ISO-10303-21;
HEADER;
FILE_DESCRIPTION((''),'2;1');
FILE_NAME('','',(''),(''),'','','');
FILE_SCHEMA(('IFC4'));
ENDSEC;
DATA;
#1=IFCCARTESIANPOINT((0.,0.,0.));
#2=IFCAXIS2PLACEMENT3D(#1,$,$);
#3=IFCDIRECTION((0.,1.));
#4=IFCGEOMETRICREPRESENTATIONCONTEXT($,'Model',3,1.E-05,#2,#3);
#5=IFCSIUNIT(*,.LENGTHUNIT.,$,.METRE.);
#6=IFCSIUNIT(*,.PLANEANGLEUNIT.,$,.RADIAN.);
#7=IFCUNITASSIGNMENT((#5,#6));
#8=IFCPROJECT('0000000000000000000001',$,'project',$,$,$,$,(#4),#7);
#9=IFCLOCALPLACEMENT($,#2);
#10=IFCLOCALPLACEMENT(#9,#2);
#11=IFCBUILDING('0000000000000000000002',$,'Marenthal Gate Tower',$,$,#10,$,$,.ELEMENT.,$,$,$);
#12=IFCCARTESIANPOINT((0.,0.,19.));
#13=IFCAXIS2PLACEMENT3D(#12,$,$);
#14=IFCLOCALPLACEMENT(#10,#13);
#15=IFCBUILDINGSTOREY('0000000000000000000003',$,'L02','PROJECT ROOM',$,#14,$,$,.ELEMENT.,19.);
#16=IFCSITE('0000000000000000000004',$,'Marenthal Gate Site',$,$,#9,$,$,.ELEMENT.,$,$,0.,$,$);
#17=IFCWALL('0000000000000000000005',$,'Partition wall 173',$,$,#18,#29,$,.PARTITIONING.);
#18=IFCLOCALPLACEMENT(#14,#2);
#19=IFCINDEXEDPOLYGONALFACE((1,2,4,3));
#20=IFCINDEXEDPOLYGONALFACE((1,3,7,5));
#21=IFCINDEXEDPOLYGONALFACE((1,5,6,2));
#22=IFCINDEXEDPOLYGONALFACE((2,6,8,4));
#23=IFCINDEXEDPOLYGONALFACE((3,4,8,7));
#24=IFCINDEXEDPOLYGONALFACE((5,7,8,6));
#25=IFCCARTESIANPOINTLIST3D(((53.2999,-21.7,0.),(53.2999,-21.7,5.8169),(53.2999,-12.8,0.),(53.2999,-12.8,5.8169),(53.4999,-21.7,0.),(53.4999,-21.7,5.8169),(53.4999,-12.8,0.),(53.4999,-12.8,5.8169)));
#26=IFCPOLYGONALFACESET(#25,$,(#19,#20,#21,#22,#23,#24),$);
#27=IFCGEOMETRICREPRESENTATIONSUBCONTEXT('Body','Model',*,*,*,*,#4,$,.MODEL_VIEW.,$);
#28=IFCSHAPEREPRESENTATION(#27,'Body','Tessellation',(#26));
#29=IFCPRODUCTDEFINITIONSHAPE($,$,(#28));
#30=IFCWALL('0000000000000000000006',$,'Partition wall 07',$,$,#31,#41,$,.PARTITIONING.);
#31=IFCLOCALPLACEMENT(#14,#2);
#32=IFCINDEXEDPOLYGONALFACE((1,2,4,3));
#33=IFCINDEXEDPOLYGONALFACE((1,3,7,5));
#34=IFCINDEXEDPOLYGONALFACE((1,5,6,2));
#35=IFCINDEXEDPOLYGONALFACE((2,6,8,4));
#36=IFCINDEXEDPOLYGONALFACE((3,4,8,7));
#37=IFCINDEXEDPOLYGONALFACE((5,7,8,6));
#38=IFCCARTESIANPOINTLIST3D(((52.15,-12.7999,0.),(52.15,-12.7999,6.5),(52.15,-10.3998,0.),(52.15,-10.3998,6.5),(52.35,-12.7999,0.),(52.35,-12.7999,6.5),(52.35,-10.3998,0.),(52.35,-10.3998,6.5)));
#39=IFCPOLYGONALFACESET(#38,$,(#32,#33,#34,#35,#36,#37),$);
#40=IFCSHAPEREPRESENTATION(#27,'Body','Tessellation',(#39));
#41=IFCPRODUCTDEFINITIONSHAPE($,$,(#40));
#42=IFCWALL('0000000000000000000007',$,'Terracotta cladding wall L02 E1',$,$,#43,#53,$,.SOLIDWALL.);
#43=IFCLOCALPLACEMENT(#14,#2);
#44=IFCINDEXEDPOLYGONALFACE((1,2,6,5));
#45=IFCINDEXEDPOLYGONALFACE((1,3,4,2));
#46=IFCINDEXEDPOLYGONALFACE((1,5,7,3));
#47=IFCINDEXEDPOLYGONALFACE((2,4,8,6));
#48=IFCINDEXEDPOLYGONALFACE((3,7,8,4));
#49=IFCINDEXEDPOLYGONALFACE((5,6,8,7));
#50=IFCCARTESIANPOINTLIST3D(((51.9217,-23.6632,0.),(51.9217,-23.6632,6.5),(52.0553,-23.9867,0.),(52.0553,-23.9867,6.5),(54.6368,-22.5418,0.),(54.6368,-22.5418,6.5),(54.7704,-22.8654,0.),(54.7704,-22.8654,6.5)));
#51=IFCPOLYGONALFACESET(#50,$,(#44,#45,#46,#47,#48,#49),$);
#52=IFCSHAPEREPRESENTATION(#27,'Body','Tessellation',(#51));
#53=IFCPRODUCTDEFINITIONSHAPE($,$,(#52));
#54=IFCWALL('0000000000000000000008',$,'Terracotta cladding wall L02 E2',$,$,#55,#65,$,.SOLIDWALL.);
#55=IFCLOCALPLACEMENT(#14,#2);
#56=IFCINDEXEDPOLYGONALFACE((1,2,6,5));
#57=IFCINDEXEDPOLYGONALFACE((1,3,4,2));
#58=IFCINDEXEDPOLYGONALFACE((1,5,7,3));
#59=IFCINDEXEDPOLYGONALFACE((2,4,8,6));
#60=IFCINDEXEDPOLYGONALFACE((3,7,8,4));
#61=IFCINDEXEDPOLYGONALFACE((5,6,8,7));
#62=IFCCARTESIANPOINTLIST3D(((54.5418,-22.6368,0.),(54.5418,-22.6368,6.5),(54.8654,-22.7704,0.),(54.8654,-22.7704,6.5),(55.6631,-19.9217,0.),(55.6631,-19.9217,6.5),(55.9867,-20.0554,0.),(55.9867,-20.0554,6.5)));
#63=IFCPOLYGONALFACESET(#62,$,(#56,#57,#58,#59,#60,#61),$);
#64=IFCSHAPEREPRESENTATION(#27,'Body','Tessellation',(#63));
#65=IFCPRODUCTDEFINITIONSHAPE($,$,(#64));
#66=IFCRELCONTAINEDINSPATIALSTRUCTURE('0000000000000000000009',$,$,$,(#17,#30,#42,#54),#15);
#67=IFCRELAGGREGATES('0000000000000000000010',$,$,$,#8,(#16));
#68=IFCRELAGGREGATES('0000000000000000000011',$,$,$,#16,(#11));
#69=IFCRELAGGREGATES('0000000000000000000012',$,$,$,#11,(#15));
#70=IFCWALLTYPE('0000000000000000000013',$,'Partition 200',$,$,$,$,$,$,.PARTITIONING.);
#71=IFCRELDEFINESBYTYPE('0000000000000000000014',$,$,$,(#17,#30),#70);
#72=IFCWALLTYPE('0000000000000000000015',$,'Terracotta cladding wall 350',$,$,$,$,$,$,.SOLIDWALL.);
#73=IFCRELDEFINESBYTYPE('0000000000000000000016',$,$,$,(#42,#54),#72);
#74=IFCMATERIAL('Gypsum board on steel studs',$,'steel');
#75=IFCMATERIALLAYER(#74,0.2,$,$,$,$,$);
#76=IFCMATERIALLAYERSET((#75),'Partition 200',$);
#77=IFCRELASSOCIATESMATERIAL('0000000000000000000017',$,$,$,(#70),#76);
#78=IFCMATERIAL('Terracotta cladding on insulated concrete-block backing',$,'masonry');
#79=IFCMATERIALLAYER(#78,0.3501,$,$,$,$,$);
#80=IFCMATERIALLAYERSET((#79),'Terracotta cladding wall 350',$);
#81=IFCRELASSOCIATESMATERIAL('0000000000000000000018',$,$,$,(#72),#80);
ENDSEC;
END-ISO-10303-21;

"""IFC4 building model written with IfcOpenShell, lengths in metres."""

from ifc_helpers import new_model, si_unit, direction, frame, frame_2d, origin, place, context, subcontext, project, spatial, rectangle, extrude, material, layer, layer_set, type_object, element, save


model = new_model("IFC4")

# Units and contexts
model_context = context("Model", 3, precision=1e-05, world=origin(), true_north=direction((0.0, 1.0)))
body_context = subcontext(model_context, "Body", "Model", "MODEL_VIEW")
ifc_project = project(units=[si_unit("LENGTHUNIT", "METRE"), si_unit("PLANEANGLEUNIT", "RADIAN")], contexts=[model_context])

# Site, building, storey
site_placement = place(None, origin())
site = spatial("IfcSite", under=ifc_project, at=site_placement, Name="Marenthal Gate Site", CompositionType="ELEMENT", RefElevation=0.0)
building_placement = place(site_placement, origin())
building = spatial("IfcBuilding", under=site, at=building_placement, Name="Marenthal Gate Tower", CompositionType="ELEMENT")
storey_placement = place(building_placement, frame((0.0, 0.0, 19.0)))
storey = spatial("IfcBuildingStorey", under=building, at=storey_placement, Name="L02", Description="PROJECT ROOM", CompositionType="ELEMENT", Elevation=19.0)

# Walls
ifc_material_1 = material(Name="Gypsum board on steel studs", Category="steel")
ifc_layer_1 = layer(ifc_material_1, 0.2)
ifc_layer_set_1 = layer_set([ifc_layer_1], Name="Partition 200")
wall_type_1 = type_object("IfcWallType", Name="Partition 200", PredefinedType="PARTITIONING", material=ifc_layer_set_1)
wall_1_placement = place(storey_placement, frame((53.3999, -21.7, 0.0), z_axis=(0.0, 0.0, 1.0), x_axis=(0.0, 1.0, 0.0)))
element("IfcWall", 1, at=wall_1_placement, inside=storey, type_object=wall_type_1, Name="Partition wall 173", PredefinedType="PARTITIONING", context=body_context, shape_type="SweptSolid", body=[
    extrude(rectangle(XDim=8.8999, YDim=0.2, at=frame_2d((4.45, 0.0))), origin(), (0.0, 0.0, 1.0), 5.8169),
])
wall_2_placement = place(storey_placement, frame((52.25, -12.8, 0.0), z_axis=(0.0, 0.0, 1.0), x_axis=(0.0, 1.0, 0.0)))
element("IfcWall", 2, at=wall_2_placement, inside=storey, type_object=wall_type_1, Name="Partition wall 07", PredefinedType="PARTITIONING", context=body_context, shape_type="SweptSolid", body=[
    extrude(rectangle(XDim=2.4001, YDim=0.2, at=frame_2d((1.2002, 0.0))), origin(), (0.0, 0.0, 1.0), 6.5),
])
ifc_material_2 = material(Name="Terracotta cladding on insulated concrete-block backing", Category="masonry")
ifc_layer_2 = layer(ifc_material_2, 0.3501)
ifc_layer_set_2 = layer_set([ifc_layer_2], Name="Terracotta cladding wall 350")
wall_type_2 = type_object("IfcWallType", Name="Terracotta cladding wall 350", PredefinedType="SOLIDWALL", material=ifc_layer_set_2)
for number, where, z_axis, x_axis, name in (
    (3, (51.9885, -23.825, 0.0), (0.0, 0.0, 1.0), (0.924275, 0.381728, 0.0), "Terracotta cladding wall L02 E1"),
    (4, (54.7036, -22.7036, 0.0), (0.0, 0.0, 1.0), (0.381728, 0.924275, 0.0), "Terracotta cladding wall L02 E2"),
):
    element("IfcWall", number, at=place(storey_placement, frame(where, z_axis=z_axis, x_axis=x_axis)), inside=storey, type_object=wall_type_2, Name=name, PredefinedType="SOLIDWALL", context=body_context, shape_type="SweptSolid", body=[
        extrude(rectangle(XDim=2.9375, YDim=0.3501, at=frame_2d((1.4688, 0.0))), origin(), (0.0, 0.0, 1.0), 6.5),
    ])

save(model, "model.ifc")
